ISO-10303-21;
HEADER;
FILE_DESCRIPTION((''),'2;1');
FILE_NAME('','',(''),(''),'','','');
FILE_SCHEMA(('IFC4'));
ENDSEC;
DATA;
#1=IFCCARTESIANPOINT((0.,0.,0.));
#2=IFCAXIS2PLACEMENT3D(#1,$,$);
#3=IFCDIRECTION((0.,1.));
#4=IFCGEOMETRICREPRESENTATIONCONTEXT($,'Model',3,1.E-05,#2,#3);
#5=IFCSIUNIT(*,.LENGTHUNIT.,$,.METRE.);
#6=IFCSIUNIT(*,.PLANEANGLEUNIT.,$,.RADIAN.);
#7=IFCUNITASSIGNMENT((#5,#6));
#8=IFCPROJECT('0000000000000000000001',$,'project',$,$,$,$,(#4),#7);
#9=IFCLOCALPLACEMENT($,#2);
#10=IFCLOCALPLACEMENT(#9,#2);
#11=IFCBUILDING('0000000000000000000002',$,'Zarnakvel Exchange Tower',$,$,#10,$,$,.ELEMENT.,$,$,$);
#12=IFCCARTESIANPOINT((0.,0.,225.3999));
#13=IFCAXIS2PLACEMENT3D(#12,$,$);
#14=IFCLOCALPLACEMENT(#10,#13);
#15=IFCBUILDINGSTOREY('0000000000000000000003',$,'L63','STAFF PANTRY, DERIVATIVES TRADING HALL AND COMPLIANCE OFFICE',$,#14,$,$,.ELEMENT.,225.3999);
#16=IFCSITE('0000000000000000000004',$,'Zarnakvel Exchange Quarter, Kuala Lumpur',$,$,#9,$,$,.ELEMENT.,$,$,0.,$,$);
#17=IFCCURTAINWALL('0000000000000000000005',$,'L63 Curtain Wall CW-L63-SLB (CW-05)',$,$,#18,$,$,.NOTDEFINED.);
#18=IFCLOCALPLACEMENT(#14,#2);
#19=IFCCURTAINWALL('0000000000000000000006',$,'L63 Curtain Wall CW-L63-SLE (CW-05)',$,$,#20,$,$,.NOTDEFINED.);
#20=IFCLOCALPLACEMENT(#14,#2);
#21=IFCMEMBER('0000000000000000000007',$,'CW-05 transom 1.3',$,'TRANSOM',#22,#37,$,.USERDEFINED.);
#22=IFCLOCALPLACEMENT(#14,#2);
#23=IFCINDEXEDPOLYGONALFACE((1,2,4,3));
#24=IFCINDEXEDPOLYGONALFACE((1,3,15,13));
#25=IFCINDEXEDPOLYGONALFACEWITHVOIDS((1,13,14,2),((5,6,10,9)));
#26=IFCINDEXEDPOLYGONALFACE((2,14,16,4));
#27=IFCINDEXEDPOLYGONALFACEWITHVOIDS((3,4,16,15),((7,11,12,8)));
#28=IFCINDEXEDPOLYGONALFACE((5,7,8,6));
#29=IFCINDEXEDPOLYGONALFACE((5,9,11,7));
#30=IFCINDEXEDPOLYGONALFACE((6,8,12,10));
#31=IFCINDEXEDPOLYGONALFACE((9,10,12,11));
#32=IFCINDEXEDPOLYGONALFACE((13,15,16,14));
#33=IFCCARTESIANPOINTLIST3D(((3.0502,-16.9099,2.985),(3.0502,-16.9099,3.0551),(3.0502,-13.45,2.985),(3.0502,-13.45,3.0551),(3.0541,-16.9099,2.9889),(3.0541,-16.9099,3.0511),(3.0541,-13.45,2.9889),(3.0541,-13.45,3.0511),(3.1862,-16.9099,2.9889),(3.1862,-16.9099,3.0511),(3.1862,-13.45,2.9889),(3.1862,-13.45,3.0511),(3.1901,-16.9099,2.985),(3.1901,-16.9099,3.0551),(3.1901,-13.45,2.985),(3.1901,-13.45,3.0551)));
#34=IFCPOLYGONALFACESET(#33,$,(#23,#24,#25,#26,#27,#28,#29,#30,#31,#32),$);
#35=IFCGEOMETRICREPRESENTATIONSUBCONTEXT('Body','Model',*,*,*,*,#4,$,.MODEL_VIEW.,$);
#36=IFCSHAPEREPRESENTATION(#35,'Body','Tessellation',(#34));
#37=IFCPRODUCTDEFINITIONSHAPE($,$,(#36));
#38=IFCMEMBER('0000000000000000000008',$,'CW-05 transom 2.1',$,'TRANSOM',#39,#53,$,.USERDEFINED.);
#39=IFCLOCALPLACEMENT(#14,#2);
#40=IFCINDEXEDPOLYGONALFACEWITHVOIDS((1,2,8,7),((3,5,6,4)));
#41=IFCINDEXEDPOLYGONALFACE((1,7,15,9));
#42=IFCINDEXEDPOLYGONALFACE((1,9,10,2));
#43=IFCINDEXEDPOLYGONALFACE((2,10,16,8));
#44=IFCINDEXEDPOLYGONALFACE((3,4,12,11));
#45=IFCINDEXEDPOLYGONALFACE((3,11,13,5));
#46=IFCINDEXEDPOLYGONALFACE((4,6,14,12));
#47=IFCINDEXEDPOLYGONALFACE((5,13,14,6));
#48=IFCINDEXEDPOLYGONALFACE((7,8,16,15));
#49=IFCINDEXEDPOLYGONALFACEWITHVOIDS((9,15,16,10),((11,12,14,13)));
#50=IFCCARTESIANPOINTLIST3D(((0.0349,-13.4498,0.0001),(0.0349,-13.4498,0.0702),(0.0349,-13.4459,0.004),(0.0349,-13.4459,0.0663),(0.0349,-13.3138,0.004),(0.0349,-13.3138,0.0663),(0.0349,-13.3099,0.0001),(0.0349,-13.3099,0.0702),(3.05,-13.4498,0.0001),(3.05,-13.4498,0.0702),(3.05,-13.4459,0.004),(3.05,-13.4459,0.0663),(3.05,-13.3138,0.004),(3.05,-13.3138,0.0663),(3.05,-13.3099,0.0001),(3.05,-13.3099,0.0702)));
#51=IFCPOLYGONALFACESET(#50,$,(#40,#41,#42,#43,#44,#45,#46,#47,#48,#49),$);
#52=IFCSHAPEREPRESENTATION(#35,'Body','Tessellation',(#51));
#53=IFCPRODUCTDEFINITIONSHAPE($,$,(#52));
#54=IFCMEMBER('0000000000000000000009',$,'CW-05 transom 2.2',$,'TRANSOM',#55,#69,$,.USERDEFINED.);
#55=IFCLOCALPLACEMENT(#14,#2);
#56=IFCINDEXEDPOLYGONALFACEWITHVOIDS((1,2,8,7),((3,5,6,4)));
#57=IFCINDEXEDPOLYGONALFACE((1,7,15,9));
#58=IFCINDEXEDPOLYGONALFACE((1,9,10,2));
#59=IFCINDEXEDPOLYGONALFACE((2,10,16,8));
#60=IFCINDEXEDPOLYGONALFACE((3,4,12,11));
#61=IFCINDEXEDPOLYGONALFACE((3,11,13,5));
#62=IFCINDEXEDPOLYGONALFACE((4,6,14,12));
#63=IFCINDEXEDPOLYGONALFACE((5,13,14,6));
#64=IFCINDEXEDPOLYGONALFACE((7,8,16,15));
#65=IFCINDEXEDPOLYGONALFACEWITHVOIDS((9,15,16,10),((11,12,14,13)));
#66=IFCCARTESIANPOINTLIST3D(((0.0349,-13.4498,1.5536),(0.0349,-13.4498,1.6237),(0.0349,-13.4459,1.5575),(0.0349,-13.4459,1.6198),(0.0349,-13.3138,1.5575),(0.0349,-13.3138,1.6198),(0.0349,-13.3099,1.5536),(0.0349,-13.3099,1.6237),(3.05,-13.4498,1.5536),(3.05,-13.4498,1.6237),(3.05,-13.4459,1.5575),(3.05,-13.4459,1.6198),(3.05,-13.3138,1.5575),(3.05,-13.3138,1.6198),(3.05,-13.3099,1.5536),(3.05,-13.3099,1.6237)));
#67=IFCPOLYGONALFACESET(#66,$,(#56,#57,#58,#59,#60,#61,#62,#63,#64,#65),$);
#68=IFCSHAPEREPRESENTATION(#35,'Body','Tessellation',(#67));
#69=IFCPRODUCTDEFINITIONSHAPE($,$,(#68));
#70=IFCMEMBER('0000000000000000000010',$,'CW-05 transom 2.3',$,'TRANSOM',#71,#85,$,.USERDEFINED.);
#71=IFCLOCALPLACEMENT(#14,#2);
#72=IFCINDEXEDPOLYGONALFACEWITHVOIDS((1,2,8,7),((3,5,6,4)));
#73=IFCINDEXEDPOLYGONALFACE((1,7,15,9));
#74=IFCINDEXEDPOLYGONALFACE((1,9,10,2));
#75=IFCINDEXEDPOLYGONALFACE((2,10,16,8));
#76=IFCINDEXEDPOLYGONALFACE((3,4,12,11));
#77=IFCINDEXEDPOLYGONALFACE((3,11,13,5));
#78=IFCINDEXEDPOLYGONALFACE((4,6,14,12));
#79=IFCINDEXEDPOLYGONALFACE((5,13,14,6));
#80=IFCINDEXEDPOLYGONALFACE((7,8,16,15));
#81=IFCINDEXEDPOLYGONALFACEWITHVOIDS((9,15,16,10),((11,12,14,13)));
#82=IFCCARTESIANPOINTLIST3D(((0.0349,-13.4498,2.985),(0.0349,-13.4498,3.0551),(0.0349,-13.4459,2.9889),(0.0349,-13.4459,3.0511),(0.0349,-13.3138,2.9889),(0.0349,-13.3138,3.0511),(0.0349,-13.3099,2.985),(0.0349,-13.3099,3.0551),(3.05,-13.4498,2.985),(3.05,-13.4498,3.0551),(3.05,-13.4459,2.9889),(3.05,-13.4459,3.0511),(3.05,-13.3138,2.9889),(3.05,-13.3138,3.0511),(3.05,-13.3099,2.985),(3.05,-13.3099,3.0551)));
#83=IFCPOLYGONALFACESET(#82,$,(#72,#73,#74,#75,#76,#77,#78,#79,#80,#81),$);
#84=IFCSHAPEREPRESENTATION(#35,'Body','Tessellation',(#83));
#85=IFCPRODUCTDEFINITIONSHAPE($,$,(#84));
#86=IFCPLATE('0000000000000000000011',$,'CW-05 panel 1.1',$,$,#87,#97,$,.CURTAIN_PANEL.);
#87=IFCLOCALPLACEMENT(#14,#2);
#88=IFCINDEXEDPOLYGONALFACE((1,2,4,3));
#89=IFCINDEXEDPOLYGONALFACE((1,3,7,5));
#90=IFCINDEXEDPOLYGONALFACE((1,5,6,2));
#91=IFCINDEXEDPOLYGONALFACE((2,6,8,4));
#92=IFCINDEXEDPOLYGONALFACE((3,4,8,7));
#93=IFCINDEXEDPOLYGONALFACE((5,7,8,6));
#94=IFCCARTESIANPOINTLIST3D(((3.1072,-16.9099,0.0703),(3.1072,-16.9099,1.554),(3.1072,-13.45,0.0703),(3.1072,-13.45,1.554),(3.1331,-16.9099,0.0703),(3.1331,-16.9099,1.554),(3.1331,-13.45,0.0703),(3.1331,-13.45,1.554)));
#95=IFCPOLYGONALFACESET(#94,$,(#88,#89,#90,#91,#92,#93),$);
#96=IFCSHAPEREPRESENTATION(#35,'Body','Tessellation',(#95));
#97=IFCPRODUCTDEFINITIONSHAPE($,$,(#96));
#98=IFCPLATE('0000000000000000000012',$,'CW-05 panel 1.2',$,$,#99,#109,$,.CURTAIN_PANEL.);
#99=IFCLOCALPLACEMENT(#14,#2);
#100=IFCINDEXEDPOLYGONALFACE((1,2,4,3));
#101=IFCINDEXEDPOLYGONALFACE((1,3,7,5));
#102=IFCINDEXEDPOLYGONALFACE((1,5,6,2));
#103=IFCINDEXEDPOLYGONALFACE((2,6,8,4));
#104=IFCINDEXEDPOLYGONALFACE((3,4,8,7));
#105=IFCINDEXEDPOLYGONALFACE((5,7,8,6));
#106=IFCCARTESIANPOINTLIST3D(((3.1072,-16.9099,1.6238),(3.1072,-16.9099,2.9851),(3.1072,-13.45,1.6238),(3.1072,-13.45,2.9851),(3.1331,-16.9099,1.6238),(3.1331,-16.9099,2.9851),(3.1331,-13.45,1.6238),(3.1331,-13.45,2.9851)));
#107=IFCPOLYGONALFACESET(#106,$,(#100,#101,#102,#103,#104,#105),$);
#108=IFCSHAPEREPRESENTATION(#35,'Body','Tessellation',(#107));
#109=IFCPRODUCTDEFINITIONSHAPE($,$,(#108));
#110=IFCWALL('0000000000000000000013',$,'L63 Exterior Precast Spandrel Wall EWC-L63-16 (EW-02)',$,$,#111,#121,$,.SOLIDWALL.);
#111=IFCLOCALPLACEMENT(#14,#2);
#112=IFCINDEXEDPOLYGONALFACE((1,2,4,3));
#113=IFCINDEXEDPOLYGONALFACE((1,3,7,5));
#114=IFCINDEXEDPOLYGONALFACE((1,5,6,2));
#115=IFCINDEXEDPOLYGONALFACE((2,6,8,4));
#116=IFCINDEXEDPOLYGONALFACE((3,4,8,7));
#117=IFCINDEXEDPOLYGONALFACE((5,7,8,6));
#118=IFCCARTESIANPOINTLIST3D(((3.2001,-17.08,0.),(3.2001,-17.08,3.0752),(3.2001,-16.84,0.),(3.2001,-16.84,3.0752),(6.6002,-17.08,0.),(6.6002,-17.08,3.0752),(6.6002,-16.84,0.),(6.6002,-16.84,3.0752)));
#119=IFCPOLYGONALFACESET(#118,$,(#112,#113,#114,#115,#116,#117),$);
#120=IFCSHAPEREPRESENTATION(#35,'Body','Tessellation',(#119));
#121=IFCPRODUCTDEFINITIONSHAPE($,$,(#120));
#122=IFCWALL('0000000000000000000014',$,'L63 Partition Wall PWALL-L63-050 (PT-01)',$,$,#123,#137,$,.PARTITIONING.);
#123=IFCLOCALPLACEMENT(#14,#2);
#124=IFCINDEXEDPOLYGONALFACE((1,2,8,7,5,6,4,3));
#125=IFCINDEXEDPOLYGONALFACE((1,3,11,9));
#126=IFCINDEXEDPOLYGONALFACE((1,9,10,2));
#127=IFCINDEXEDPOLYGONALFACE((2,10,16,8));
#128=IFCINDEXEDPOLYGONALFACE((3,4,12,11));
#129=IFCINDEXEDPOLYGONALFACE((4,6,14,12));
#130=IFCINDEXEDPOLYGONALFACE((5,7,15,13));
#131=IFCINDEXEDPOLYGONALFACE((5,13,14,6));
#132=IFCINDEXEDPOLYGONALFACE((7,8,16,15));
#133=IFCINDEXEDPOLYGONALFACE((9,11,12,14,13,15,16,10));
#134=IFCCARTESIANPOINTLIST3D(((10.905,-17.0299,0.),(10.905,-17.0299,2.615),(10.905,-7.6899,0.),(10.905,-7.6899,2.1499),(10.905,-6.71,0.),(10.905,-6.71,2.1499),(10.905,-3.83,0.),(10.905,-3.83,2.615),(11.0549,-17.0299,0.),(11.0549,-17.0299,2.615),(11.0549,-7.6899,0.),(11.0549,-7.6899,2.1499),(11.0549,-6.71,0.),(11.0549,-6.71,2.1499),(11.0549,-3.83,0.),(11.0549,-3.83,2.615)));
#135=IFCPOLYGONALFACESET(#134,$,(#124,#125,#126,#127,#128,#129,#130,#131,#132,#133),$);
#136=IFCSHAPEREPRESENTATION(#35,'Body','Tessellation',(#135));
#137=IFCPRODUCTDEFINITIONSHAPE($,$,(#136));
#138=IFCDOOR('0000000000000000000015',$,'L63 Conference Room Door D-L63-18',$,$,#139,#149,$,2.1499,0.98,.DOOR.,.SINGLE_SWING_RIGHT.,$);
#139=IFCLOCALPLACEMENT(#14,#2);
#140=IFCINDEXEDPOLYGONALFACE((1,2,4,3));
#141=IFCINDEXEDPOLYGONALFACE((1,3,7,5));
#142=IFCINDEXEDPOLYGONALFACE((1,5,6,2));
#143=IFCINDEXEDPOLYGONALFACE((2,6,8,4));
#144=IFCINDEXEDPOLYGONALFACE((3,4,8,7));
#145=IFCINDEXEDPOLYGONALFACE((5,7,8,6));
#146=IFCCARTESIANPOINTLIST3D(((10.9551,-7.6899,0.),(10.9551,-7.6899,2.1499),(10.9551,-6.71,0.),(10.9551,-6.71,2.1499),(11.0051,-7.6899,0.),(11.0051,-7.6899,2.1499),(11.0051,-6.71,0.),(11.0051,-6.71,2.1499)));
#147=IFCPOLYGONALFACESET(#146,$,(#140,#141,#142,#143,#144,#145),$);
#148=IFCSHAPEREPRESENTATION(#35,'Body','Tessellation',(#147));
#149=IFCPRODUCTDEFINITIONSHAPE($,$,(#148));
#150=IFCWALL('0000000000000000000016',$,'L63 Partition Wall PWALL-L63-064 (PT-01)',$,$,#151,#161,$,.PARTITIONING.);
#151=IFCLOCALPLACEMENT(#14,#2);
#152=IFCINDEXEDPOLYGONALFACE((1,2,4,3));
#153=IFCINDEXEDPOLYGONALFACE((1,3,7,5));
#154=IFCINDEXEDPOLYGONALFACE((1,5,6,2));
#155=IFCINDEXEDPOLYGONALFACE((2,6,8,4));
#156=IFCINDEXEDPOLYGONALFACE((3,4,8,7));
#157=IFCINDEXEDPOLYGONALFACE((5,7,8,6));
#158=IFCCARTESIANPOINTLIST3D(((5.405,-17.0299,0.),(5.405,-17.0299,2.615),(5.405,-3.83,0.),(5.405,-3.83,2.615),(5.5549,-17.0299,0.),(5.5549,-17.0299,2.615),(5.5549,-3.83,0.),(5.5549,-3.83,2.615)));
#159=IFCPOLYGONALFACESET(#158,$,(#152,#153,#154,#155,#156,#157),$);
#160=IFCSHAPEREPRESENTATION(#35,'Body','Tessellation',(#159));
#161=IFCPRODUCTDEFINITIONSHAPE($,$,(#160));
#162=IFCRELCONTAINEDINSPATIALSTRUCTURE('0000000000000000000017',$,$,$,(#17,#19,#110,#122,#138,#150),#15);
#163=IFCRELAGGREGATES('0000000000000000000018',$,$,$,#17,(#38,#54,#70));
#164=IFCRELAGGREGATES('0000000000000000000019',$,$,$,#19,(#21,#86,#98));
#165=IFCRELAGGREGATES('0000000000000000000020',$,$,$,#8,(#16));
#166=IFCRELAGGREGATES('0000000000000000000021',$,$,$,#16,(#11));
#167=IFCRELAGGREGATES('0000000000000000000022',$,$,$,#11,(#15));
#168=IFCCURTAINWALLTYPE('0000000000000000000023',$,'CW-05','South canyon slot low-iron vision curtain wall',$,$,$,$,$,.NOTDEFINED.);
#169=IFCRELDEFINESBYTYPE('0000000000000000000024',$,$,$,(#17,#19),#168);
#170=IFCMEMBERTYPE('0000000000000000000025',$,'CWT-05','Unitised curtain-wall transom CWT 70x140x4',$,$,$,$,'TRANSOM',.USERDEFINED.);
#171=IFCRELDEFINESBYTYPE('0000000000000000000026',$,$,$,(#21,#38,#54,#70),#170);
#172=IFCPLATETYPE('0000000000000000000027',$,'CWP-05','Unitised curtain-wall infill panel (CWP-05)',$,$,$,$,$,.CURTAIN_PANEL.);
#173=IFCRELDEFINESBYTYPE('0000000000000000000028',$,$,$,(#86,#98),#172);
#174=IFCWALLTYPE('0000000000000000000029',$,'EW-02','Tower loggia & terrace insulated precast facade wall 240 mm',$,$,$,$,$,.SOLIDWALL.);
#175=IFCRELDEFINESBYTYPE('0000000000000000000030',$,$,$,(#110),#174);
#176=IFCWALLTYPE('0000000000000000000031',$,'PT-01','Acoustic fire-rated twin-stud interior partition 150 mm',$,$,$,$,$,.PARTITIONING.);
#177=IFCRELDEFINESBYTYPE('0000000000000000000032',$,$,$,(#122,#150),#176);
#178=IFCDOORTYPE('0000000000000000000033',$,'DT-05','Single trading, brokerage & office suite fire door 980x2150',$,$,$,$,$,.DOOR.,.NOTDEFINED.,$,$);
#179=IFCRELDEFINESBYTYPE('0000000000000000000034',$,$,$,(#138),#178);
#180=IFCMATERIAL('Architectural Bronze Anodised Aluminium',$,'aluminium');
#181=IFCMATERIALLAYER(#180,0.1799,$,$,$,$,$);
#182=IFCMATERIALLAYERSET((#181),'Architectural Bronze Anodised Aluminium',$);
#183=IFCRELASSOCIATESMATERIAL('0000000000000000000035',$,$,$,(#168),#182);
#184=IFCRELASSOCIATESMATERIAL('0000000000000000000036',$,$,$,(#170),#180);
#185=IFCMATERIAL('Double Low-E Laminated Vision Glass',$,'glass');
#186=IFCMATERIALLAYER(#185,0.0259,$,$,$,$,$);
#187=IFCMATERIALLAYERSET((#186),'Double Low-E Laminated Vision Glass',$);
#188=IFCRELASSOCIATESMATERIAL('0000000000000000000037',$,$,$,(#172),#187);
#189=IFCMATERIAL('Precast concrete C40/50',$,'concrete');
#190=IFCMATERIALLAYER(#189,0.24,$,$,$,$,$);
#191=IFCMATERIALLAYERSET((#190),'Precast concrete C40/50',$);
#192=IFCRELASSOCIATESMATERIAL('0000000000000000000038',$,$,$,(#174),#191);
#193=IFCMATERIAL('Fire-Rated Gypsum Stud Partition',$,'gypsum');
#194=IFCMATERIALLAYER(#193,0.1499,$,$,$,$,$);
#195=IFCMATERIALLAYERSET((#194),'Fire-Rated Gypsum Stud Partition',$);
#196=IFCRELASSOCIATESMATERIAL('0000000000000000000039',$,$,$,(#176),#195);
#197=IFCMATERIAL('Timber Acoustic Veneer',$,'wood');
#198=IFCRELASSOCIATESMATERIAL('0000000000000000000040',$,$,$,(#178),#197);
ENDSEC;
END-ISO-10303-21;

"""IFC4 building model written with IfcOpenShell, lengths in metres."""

from ifc_helpers import new_model, si_unit, direction, frame, frame_2d, origin, origin_2d, place, context, subcontext, project, spatial, rectangle, hollow_rectangle, extrude, source, transform, mapped, material, layer, layer_set, material_profile, profile_set, type_object, element, fill, aggregate, save


model = new_model("IFC4")

# Units and contexts
model_context = context("Model", 3, precision=1e-05, world=origin(), true_north=direction((0.0, 1.0)))
body_context = subcontext(model_context, "Body", "Model", "MODEL_VIEW")
ifc_project = project(units=[si_unit("LENGTHUNIT", "METRE"), si_unit("PLANEANGLEUNIT", "RADIAN")], contexts=[model_context])

# Site, building, storey
site_placement = place(None, origin())
site = spatial("IfcSite", under=ifc_project, at=site_placement, Name="Zarnakvel Exchange Quarter, Kuala Lumpur", CompositionType="ELEMENT", RefElevation=0.0)
building_placement = place(site_placement, origin())
building = spatial("IfcBuilding", under=site, at=building_placement, Name="Zarnakvel Exchange Tower", CompositionType="ELEMENT")
storey_placement = place(building_placement, frame((0.0, 0.0, 225.3999)))
storey = spatial("IfcBuildingStorey", under=building, at=storey_placement, Name="L63", Description="STAFF PANTRY, DERIVATIVES TRADING HALL AND COMPLIANCE OFFICE", CompositionType="ELEMENT", Elevation=225.3999)

# Curtain wall
ifc_material_1 = material(Name="Architectural Bronze Anodised Aluminium", Category="aluminium")
ifc_layer_1 = layer(ifc_material_1, 0.1799)
ifc_layer_set_1 = layer_set([ifc_layer_1], Name="Architectural Bronze Anodised Aluminium")
curtain_wall_type = type_object("IfcCurtainWallType", Name="CW-05", Description="South canyon slot low-iron vision curtain wall", PredefinedType="NOTDEFINED", material=ifc_layer_set_1)
curtain_wall_1_placement = place(storey_placement, origin())
curtain_wall_1 = element("IfcCurtainWall", 1, at=curtain_wall_1_placement, inside=storey, type_object=curtain_wall_type, Name="L63 Curtain Wall CW-L63-SLB (CW-05)", PredefinedType="NOTDEFINED")

# Curtain wall, member
curtain_wall_2_placement = place(storey_placement, origin())
curtain_wall_2 = element("IfcCurtainWall", 2, at=curtain_wall_2_placement, inside=storey, type_object=curtain_wall_type, Name="L63 Curtain Wall CW-L63-SLE (CW-05)", PredefinedType="NOTDEFINED")
ifc_material_profile_1 = material_profile(ifc_material_1, hollow_rectangle(XDim=0.1399, YDim=0.0701, WallThickness=0.0039, at=origin_2d()))
ifc_profile_set_1 = profile_set([ifc_material_profile_1], Name="Architectural Bronze Anodised Aluminium")
member_type_1 = type_object("IfcMemberType", Name="CWT-05", Description="Unitised curtain-wall transom CWT 70x140x4", ElementType="TRANSOM", PredefinedType="USERDEFINED", material=ifc_profile_set_1)
shared_shape_1 = source(origin(), body_context, "Body", "SweptSolid", [
    extrude(hollow_rectangle(XDim=0.1399, YDim=0.0701, WallThickness=0.0039, at=origin_2d()), origin(), (0.0, 0.0, 1.0), 3.46),
])
member_1_placement = place(storey_placement, frame((3.1201, -13.45, 3.02), z_axis=(0.0, -1.0, 0.0), x_axis=(1.0, 0.0, 0.0)))
member_1 = element("IfcMember", 3, at=member_1_placement, type_object=member_type_1, Name="CW-05 transom 1.3", ObjectType="TRANSOM", PredefinedType="USERDEFINED", context=body_context, shape_type="MappedRepresentation", body=[
    mapped(shared_shape_1, transform((0.0, 0.0, 0.0), x_axis=(1.0, 0.0, 0.0), y_axis=(0.0, 1.0, 0.0), z_axis=(0.0, 0.0, 1.0), scale=1.0)),
])

# Members
shared_shape_2 = source(origin(), body_context, "Body", "SweptSolid", [
    extrude(hollow_rectangle(XDim=0.1399, YDim=0.0701, WallThickness=0.0039, at=origin_2d()), origin(), (0.0, 0.0, 1.0), 3.0151),
])
member_2_placement = place(storey_placement, frame((0.0349, -13.3799, 0.0352), z_axis=(1.0, 0.0, 0.0), x_axis=(0.0, 1.0, 0.0)))
member_2 = element("IfcMember", 4, at=member_2_placement, type_object=member_type_1, Name="CW-05 transom 2.1", ObjectType="TRANSOM", PredefinedType="USERDEFINED", context=body_context, shape_type="MappedRepresentation", body=[
    mapped(shared_shape_2, transform((0.0, 0.0, 0.0), x_axis=(1.0, 0.0, 0.0), y_axis=(0.0, 1.0, 0.0), z_axis=(0.0, 0.0, 1.0), scale=1.0)),
])
member_3_placement = place(storey_placement, frame((0.0349, -13.3799, 1.5886), z_axis=(1.0, 0.0, 0.0), x_axis=(0.0, 1.0, 0.0)))
member_3 = element("IfcMember", 5, at=member_3_placement, type_object=member_type_1, Name="CW-05 transom 2.2", ObjectType="TRANSOM", PredefinedType="USERDEFINED", context=body_context, shape_type="MappedRepresentation", body=[
    mapped(shared_shape_2, transform((0.0, 0.0, 0.0), x_axis=(1.0, 0.0, 0.0), y_axis=(0.0, 1.0, 0.0), z_axis=(0.0, 0.0, 1.0), scale=1.0)),
])
member_4_placement = place(storey_placement, frame((0.0349, -13.3799, 3.02), z_axis=(1.0, 0.0, 0.0), x_axis=(0.0, 1.0, 0.0)))
member_4 = element("IfcMember", 6, at=member_4_placement, type_object=member_type_1, Name="CW-05 transom 2.3", ObjectType="TRANSOM", PredefinedType="USERDEFINED", context=body_context, shape_type="MappedRepresentation", body=[
    mapped(shared_shape_2, transform((0.0, 0.0, 0.0), x_axis=(1.0, 0.0, 0.0), y_axis=(0.0, 1.0, 0.0), z_axis=(0.0, 0.0, 1.0), scale=1.0)),
])
aggregate(curtain_wall_1, [member_2, member_3, member_4])

# Plates
ifc_material_2 = material(Name="Double Low-E Laminated Vision Glass", Category="glass")
ifc_layer_2 = layer(ifc_material_2, 0.0259)
ifc_layer_set_2 = layer_set([ifc_layer_2], Name="Double Low-E Laminated Vision Glass")
plate_type = type_object("IfcPlateType", Name="CWP-05", Description="Unitised curtain-wall infill panel (CWP-05)", PredefinedType="CURTAIN_PANEL", material=ifc_layer_set_2)
shared_shape_3 = source(origin(), body_context, "Body", "SweptSolid", [
    extrude(rectangle(XDim=3.46, YDim=0.0259, at=origin_2d()), origin(), (0.0, 0.0, 1.0), 1.4836),
])
plate_1_placement = place(storey_placement, frame((3.1201, -15.1799, 0.0703), z_axis=(0.0, 0.0, 1.0), x_axis=(0.0, -1.0, 0.0)))
plate_1 = element("IfcPlate", 7, at=plate_1_placement, type_object=plate_type, Name="CW-05 panel 1.1", PredefinedType="CURTAIN_PANEL", context=body_context, shape_type="MappedRepresentation", body=[
    mapped(shared_shape_3, transform((0.0, 0.0, 0.0), x_axis=(1.0, 0.0, 0.0), y_axis=(0.0, 1.0, 0.0), z_axis=(0.0, 0.0, 1.0), scale=1.0)),
])
shared_shape_4 = source(origin(), body_context, "Body", "SweptSolid", [
    extrude(rectangle(XDim=3.46, YDim=0.0259, at=origin_2d()), origin(), (0.0, 0.0, 1.0), 1.3613),
])
plate_2_placement = place(storey_placement, frame((3.1201, -15.1799, 1.6238), z_axis=(0.0, 0.0, 1.0), x_axis=(0.0, -1.0, 0.0)))
plate_2 = element("IfcPlate", 8, at=plate_2_placement, type_object=plate_type, Name="CW-05 panel 1.2", PredefinedType="CURTAIN_PANEL", context=body_context, shape_type="MappedRepresentation", body=[
    mapped(shared_shape_4, transform((0.0, 0.0, 0.0), x_axis=(1.0, 0.0, 0.0), y_axis=(0.0, 1.0, 0.0), z_axis=(0.0, 0.0, 1.0), scale=1.0)),
])
aggregate(curtain_wall_2, [member_1, plate_1, plate_2])

# Wall
ifc_material_3 = material(Name="Precast concrete C40/50", Category="concrete")
ifc_layer_3 = layer(ifc_material_3, 0.24)
ifc_layer_set_3 = layer_set([ifc_layer_3], Name="Precast concrete C40/50")
wall_type_1 = type_object("IfcWallType", Name="EW-02", Description="Tower loggia & terrace insulated precast facade wall 240 mm", PredefinedType="SOLIDWALL", material=ifc_layer_set_3)
wall_1_placement = place(storey_placement, frame((3.2, -16.96, 0.0), z_axis=(0.0, 0.0, 1.0), x_axis=(1.0, 0.0, 0.0)))
element("IfcWall", 9, at=wall_1_placement, inside=storey, type_object=wall_type_1, Name="L63 Exterior Precast Spandrel Wall EWC-L63-16 (EW-02)", PredefinedType="SOLIDWALL", context=body_context, shape_type="SweptSolid", body=[
    extrude(rectangle(XDim=3.4001, YDim=0.24, at=frame_2d((1.7002, 0.0))), origin(), (0.0, 0.0, 1.0), 3.0752),
])

# Wall, opening, door
ifc_material_4 = material(Name="Fire-Rated Gypsum Stud Partition", Category="gypsum")
ifc_layer_4 = layer(ifc_material_4, 0.1499)
ifc_layer_set_4 = layer_set([ifc_layer_4], Name="Fire-Rated Gypsum Stud Partition")
wall_type_2 = type_object("IfcWallType", Name="PT-01", Description="Acoustic fire-rated twin-stud interior partition 150 mm", PredefinedType="PARTITIONING", material=ifc_layer_set_4)
wall_2_placement = place(storey_placement, frame((10.98, -17.03, 0.0), z_axis=(0.0, 0.0, 1.0), x_axis=(0.0, 1.0, 0.0)))
wall_2 = element("IfcWall", 10, at=wall_2_placement, inside=storey, type_object=wall_type_2, Name="L63 Partition Wall PWALL-L63-050 (PT-01)", PredefinedType="PARTITIONING", context=body_context, shape_type="SweptSolid", body=[
    extrude(rectangle(XDim=13.2, YDim=0.1499, at=frame_2d((6.6001, 0.0))), origin(), (0.0, 0.0, 1.0), 2.615),
])
opening_placement = place(wall_2_placement, frame((9.3401, 0.0, 0.0)))
opening = element("IfcOpeningElement", 11, at=opening_placement, cuts=wall_2, PredefinedType="OPENING", context=body_context, shape_type="SweptSolid", body=[
    extrude(rectangle(XDim=0.98, YDim=2.1499, at=frame_2d((0.49, 1.075))), frame((0.0, 0.085, 0.0), z_axis=(0.0, -1.0, 0.0), x_axis=(1.0, 0.0, 0.0)), (0.0, 0.0, 1.0), 0.1699),
])
ifc_material_5 = material(Name="Timber Acoustic Veneer", Category="wood")
door_type = type_object("IfcDoorType", Name="DT-05", Description="Single trading, brokerage & office suite fire door 980x2150", OperationType="NOTDEFINED", PredefinedType="DOOR", material=ifc_material_5)
shared_shape_5 = source(origin(), body_context, "Body", "SweptSolid", [
    extrude(rectangle(XDim=0.98, YDim=2.1499, at=frame_2d((0.49, 1.075))), frame((0.0, 0.0249, 0.0), z_axis=(0.0, -1.0, 0.0), x_axis=(1.0, 0.0, 0.0)), (0.0, 0.0, 1.0), 0.05),
])
door_placement = place(opening_placement, origin())
door = element("IfcDoor", 12, at=door_placement, inside=storey, type_object=door_type, Name="L63 Conference Room Door D-L63-18", OperationType="SINGLE_SWING_RIGHT", OverallHeight=2.1499, OverallWidth=0.98, PredefinedType="DOOR", context=body_context, shape_type="MappedRepresentation", body=[
    mapped(shared_shape_5, transform((0.0, 0.0, 0.0), x_axis=(1.0, 0.0, 0.0), y_axis=(0.0, 1.0, 0.0), z_axis=(0.0, 0.0, 1.0), scale=1.0)),
])
fill(opening, door)

# Wall
wall_3_placement = place(storey_placement, frame((5.48, -17.03, 0.0), z_axis=(0.0, 0.0, 1.0), x_axis=(0.0, 1.0, 0.0)))
element("IfcWall", 13, at=wall_3_placement, inside=storey, type_object=wall_type_2, Name="L63 Partition Wall PWALL-L63-064 (PT-01)", PredefinedType="PARTITIONING", context=body_context, shape_type="SweptSolid", body=[
    extrude(rectangle(XDim=13.2, YDim=0.1499, at=frame_2d((6.6001, 0.0))), origin(), (0.0, 0.0, 1.0), 2.615),
])

save(model, "model.ifc")
